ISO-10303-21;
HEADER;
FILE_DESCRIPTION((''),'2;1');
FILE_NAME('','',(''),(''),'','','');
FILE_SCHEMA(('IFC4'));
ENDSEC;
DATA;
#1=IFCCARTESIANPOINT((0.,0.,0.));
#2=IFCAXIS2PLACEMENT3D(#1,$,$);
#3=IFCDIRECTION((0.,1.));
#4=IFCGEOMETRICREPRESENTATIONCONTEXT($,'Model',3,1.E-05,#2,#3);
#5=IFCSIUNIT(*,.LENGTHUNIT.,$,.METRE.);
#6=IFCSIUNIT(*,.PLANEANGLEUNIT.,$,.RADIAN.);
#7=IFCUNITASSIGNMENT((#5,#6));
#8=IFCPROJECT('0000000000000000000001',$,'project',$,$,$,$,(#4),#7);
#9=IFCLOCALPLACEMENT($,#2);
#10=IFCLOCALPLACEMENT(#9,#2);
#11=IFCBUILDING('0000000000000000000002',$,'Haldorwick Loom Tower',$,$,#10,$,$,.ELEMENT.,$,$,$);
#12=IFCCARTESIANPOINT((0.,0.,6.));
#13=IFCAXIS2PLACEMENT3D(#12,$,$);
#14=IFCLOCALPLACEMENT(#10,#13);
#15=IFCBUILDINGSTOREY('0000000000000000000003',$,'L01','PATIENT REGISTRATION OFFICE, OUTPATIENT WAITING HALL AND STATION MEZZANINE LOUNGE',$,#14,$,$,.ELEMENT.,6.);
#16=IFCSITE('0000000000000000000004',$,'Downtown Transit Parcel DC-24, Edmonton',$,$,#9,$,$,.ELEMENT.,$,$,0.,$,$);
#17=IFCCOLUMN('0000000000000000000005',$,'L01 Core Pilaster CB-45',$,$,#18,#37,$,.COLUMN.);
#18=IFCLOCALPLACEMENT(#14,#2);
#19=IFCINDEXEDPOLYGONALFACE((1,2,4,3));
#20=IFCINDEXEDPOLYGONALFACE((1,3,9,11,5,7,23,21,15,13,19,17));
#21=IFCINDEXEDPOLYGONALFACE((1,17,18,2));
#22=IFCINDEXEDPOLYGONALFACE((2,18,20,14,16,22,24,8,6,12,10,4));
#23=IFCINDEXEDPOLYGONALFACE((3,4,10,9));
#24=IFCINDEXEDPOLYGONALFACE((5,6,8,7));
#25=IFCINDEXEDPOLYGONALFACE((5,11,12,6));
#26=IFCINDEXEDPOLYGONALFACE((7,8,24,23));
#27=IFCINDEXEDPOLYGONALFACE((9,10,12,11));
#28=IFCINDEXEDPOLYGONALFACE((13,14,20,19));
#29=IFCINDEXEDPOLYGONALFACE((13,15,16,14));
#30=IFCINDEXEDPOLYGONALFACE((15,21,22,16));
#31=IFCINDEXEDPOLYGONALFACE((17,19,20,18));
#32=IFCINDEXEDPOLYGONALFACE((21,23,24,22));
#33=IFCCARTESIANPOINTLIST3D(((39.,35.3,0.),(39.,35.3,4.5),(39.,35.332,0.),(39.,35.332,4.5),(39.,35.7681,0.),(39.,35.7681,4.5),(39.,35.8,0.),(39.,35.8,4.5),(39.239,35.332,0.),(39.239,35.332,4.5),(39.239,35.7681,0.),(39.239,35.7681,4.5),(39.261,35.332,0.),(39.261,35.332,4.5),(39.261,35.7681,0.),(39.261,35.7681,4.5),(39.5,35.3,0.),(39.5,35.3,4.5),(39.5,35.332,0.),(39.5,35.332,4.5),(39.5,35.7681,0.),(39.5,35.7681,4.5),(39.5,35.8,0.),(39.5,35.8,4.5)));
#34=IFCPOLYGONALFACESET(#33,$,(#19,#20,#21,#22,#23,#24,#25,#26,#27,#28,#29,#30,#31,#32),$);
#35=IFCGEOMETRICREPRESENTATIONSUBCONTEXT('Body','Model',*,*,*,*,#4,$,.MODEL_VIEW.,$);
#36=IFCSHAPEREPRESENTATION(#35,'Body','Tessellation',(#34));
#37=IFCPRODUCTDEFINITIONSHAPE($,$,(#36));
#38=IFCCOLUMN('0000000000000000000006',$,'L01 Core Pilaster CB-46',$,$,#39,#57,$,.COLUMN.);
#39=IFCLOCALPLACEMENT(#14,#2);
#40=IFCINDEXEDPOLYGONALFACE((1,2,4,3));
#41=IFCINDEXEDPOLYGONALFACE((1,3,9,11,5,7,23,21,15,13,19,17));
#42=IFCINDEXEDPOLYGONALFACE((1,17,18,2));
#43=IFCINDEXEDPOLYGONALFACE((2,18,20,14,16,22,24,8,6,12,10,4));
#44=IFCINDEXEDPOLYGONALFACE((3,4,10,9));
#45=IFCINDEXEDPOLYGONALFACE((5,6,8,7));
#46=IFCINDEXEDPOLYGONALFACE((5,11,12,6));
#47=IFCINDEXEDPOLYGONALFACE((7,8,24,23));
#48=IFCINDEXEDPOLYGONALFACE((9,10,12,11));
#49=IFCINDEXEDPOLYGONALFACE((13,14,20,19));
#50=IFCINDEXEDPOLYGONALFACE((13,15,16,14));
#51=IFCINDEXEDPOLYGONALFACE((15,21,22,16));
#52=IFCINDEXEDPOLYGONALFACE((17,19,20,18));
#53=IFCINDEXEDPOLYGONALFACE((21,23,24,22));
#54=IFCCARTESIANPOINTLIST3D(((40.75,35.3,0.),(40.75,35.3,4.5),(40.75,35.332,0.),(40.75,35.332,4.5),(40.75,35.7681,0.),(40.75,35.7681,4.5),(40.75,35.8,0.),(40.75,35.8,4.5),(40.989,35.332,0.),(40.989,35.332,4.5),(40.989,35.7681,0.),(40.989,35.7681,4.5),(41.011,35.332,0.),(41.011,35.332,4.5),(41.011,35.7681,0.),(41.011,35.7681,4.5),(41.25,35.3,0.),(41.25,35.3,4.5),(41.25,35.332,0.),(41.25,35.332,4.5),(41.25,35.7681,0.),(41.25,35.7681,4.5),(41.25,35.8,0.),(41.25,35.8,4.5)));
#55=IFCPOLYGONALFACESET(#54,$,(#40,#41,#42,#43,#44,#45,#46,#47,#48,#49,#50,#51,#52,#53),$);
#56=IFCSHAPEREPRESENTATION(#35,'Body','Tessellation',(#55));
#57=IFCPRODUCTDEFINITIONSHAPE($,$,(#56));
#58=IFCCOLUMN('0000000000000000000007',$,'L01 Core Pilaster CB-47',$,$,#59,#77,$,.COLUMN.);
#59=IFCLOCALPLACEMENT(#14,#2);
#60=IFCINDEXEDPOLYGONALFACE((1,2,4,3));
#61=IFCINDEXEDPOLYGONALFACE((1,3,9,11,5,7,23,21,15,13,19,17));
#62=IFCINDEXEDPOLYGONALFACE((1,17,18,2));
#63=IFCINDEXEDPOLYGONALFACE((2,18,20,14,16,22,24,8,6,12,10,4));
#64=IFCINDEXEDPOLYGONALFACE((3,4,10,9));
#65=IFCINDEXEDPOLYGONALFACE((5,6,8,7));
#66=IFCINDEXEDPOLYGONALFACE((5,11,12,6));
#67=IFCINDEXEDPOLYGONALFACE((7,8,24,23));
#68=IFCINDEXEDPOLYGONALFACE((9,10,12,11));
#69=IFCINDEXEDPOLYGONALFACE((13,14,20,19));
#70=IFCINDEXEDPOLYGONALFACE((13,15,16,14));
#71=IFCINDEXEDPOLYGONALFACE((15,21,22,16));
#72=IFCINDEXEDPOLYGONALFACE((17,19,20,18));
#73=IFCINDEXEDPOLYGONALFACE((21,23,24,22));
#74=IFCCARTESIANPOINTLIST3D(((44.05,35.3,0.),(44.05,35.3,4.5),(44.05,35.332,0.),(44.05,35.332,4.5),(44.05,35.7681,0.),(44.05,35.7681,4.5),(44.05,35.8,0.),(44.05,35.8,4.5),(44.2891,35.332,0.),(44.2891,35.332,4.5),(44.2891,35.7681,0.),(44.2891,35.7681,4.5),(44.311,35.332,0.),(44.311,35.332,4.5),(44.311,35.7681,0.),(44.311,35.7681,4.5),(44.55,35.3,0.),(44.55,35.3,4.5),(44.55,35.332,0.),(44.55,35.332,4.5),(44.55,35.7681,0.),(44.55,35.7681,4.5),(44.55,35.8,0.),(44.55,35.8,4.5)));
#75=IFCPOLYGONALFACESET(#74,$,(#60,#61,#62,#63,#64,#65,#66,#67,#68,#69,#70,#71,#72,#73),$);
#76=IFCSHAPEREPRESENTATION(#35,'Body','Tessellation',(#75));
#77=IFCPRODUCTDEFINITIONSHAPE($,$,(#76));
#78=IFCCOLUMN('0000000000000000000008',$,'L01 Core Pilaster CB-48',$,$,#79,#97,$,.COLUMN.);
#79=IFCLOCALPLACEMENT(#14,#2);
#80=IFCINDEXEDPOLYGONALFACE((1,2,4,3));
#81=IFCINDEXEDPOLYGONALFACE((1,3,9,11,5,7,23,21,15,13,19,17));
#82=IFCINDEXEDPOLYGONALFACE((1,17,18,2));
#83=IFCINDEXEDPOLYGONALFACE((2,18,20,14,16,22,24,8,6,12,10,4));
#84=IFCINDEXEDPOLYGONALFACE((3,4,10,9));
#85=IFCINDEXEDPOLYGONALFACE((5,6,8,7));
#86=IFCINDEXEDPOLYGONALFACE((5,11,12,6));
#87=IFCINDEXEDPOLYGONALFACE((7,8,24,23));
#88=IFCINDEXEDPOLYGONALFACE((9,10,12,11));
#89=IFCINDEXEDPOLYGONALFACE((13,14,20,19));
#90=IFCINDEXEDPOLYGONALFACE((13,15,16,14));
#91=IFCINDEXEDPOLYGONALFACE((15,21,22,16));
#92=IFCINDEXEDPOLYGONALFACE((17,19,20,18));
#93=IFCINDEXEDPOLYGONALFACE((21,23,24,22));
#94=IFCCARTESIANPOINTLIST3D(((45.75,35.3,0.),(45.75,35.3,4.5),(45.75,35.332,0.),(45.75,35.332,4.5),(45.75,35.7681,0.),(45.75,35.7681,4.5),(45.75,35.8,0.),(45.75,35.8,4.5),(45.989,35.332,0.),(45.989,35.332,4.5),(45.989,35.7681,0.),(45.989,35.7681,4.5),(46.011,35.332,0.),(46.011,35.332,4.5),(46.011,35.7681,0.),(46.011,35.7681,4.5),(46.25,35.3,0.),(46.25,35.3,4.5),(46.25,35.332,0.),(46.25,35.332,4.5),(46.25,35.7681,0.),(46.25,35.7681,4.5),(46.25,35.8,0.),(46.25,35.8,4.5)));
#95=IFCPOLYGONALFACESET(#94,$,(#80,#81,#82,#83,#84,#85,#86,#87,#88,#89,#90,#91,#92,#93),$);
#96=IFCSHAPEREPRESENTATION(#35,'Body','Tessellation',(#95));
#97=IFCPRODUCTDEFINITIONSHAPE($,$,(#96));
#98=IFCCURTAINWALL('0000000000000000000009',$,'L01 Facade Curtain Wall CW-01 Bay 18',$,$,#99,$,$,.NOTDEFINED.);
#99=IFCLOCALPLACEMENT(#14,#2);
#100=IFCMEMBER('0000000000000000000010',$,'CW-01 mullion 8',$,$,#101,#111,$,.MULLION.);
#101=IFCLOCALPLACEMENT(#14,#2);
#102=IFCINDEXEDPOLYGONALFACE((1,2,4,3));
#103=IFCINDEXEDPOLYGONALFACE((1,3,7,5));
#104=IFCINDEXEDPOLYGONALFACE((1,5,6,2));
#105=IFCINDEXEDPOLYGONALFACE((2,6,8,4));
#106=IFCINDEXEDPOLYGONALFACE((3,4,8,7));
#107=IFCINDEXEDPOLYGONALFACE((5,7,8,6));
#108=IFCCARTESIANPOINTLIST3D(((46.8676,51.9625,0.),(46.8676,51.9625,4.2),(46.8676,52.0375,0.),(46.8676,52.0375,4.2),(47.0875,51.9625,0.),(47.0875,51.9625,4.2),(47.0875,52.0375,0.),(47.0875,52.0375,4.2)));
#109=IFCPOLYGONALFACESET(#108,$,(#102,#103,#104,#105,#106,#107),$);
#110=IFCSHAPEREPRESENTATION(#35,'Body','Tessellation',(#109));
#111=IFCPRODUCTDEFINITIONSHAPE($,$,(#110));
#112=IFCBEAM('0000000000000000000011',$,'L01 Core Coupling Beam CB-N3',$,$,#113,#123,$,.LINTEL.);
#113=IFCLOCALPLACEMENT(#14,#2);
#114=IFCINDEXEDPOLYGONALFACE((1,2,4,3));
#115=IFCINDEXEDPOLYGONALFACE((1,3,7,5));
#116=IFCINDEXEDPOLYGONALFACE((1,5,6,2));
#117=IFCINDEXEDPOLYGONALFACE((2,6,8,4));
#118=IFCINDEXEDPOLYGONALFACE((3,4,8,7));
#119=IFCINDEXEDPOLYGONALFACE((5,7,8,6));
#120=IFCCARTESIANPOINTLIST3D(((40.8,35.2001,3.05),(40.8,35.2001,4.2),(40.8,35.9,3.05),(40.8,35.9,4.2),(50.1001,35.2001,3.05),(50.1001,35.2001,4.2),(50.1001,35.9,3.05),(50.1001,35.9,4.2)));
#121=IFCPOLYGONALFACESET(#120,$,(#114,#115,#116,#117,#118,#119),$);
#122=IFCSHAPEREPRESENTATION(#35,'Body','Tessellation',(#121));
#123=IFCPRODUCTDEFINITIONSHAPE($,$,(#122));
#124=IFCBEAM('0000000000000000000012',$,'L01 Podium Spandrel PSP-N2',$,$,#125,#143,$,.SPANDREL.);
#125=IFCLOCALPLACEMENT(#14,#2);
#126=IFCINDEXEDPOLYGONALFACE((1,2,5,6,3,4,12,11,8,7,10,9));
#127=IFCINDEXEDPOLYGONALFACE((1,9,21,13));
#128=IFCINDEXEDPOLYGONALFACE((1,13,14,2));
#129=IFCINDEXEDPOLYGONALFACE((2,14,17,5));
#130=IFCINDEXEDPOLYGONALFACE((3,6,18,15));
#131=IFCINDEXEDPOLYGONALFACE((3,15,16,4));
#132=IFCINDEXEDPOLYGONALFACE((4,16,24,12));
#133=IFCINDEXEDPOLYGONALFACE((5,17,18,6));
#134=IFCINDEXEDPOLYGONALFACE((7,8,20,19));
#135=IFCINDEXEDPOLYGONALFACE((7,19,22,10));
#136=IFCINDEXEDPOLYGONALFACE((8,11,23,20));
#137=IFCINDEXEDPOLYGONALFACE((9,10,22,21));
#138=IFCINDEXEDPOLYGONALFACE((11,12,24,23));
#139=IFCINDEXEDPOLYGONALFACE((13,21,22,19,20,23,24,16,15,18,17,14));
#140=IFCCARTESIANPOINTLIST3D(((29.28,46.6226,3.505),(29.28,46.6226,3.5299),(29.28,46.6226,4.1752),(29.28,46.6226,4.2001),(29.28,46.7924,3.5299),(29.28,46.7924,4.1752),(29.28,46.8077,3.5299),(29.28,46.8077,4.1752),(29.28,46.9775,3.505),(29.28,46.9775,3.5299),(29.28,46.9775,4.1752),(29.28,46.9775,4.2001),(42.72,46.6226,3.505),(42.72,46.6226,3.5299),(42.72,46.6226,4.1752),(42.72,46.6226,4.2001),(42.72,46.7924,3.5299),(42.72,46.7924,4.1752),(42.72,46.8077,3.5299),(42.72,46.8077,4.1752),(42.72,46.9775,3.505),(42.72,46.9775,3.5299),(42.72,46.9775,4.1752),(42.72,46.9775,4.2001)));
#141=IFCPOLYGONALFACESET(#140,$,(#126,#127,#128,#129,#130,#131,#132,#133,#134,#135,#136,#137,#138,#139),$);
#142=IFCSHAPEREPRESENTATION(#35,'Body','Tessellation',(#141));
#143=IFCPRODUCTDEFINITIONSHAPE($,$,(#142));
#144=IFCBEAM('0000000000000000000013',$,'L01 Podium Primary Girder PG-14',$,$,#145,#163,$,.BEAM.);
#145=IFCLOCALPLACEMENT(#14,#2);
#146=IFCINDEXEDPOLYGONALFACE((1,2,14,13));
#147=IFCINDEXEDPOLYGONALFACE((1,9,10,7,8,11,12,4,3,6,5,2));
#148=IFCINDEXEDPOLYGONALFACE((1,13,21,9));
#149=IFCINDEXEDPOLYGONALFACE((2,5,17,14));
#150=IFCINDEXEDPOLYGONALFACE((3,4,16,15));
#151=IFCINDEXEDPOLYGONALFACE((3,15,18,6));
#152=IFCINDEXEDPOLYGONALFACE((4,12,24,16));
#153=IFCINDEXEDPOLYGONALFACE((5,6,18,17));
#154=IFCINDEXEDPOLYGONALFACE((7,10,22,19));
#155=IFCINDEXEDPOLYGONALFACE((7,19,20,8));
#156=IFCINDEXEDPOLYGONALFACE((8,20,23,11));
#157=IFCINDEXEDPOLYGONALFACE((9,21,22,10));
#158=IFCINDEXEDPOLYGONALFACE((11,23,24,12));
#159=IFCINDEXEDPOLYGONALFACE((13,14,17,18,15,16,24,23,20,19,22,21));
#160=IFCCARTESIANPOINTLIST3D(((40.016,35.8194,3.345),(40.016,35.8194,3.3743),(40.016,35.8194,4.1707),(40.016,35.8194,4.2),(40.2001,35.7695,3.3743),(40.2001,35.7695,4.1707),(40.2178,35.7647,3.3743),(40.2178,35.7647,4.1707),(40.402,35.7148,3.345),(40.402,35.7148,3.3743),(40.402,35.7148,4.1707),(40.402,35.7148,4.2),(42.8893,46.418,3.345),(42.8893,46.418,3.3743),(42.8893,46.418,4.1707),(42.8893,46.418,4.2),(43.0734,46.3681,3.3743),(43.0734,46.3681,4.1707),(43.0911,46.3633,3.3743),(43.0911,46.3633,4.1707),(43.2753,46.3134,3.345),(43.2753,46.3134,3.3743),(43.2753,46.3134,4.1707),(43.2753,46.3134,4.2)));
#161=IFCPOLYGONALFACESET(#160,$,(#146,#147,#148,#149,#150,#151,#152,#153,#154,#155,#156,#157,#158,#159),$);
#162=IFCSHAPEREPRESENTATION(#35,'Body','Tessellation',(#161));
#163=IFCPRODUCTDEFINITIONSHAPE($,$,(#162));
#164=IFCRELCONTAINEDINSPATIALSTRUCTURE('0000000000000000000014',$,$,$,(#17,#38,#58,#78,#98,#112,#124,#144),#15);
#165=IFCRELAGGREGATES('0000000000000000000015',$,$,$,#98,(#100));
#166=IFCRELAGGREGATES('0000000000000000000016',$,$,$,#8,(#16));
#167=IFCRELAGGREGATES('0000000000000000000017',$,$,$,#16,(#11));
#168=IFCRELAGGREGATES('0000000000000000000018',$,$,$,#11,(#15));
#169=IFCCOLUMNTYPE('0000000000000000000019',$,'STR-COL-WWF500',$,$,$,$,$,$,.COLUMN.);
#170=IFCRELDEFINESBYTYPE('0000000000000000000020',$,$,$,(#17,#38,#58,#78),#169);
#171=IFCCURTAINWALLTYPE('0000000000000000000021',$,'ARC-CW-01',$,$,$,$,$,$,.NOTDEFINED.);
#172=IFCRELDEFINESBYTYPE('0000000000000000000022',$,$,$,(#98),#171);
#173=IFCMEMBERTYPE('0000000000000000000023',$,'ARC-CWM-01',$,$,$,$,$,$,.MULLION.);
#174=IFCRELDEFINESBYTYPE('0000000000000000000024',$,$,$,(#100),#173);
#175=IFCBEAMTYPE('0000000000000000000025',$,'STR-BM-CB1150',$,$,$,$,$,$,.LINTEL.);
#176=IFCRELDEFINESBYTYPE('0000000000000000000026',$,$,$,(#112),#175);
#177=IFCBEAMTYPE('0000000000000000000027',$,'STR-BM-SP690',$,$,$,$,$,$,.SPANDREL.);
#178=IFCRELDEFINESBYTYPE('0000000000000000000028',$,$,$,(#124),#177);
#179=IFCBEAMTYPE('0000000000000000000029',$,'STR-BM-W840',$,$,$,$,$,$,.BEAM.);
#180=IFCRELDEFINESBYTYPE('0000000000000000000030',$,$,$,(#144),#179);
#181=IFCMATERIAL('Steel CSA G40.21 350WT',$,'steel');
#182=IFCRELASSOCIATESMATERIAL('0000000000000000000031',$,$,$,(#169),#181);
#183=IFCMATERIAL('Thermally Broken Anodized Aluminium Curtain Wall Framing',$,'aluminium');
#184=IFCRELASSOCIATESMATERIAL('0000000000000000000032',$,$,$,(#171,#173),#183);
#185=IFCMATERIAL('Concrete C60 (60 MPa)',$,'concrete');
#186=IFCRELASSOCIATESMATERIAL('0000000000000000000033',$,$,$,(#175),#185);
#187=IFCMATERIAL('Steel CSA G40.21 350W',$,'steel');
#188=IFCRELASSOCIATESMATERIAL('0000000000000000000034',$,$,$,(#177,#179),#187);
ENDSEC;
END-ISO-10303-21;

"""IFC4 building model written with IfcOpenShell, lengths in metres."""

from ifc_helpers import new_model, si_unit, direction, frame, origin, origin_2d, place, context, subcontext, project, spatial, rectangle, i_section, extrude, material, material_profile, profile_set, type_object, element, aggregate, save


model = new_model("IFC4")

# Units and contexts
model_context = context("Model", 3, precision=1e-05, world=origin(), true_north=direction((0.0, 1.0)))
body_context = subcontext(model_context, "Body", "Model", "MODEL_VIEW")
ifc_project = project(units=[si_unit("LENGTHUNIT", "METRE"), si_unit("PLANEANGLEUNIT", "RADIAN")], contexts=[model_context])

# Site, building, storey
site_placement = place(None, origin())
site = spatial("IfcSite", under=ifc_project, at=site_placement, Name="Downtown Transit Parcel DC-24, Edmonton", CompositionType="ELEMENT", RefElevation=0.0)
building_placement = place(site_placement, origin())
building = spatial("IfcBuilding", under=site, at=building_placement, Name="Haldorwick Loom Tower", CompositionType="ELEMENT")
storey_placement = place(building_placement, frame((0.0, 0.0, 6.0)))
storey = spatial("IfcBuildingStorey", under=building, at=storey_placement, Name="L01", Description="PATIENT REGISTRATION OFFICE, OUTPATIENT WAITING HALL AND STATION MEZZANINE LOUNGE", CompositionType="ELEMENT", Elevation=6.0)

# Columns
ifc_material_1 = material(Name="Concrete C60 (60 MPa)", Category="concrete")
ifc_material_2 = material(Name="Steel CSA G40.21 350WT", Category="steel")
ifc_material_profile_1 = material_profile(ifc_material_2, i_section(OverallWidth=0.5, OverallDepth=0.5, WebThickness=0.022, FlangeThickness=0.032, at=origin_2d()), Name="WWF500X500", Category="steel")
ifc_profile_set_1 = profile_set([ifc_material_profile_1], Name="Steel CSA G40.21 350WT")
column_type_1 = type_object("IfcColumnType", Name="STR-COL-WWF500", PredefinedType="COLUMN", material=ifc_profile_set_1)
for number, where, z_axis, x_axis, name in (
    (1, (39.25, 35.55, 0.0), (0.0, 0.0, 1.0), (1.0, 0.0, 0.0), "L01 Core Pilaster CB-45"),
    (2, (41.0, 35.55, 0.0), (0.0, 0.0, 1.0), (1.0, 0.0, 0.0), "L01 Core Pilaster CB-46"),
    (3, (44.3, 35.55, 0.0), (0.0, 0.0, 1.0), (1.0, 0.0, 0.0), "L01 Core Pilaster CB-47"),
    (4, (46.0, 35.55, 0.0), (0.0, 0.0, 1.0), (1.0, 0.0, 0.0), "L01 Core Pilaster CB-48"),
):
    element("IfcColumn", number, at=place(storey_placement, frame(where, z_axis=z_axis, x_axis=x_axis)), inside=storey, type_object=column_type_1, Name=name, PredefinedType="COLUMN", context=body_context, shape_type="SweptSolid", body=[
        extrude(i_section(OverallWidth=0.5, OverallDepth=0.5, WebThickness=0.022, FlangeThickness=0.032, at=origin_2d()), origin(), (0.0, 0.0, 1.0), 4.5),
    ])

# Curtain wall, member
ifc_material_3 = material(Name="Thermally Broken Anodized Aluminium Curtain Wall Framing", Category="aluminium")
curtain_wall_type = type_object("IfcCurtainWallType", Name="ARC-CW-01", PredefinedType="NOTDEFINED", material=ifc_material_3)
curtain_wall_placement = place(storey_placement, origin())
curtain_wall = element("IfcCurtainWall", 5, at=curtain_wall_placement, inside=storey, type_object=curtain_wall_type, Name="L01 Facade Curtain Wall CW-01 Bay 18", PredefinedType="NOTDEFINED")
ifc_material_profile_2 = material_profile(ifc_material_3, rectangle(XDim=0.075, YDim=0.22, at=origin_2d()), Name="ALU_MUL_75X220", Category="aluminium")
ifc_profile_set_2 = profile_set([ifc_material_profile_2], Name="Thermally Broken Anodized Aluminium Curtain Wall Framing")
member_type = type_object("IfcMemberType", Name="ARC-CWM-01", PredefinedType="MULLION", material=ifc_profile_set_2)
member_placement = place(storey_placement, frame((46.9775, 52.0, 0.0), z_axis=(0.0, 0.0, 1.0), x_axis=(0.0, -1.0, 0.0)))
member = element("IfcMember", 6, at=member_placement, type_object=member_type, Name="CW-01 mullion 8", PredefinedType="MULLION", context=body_context, shape_type="SweptSolid", body=[
    extrude(rectangle(XDim=0.075, YDim=0.22, at=origin_2d()), origin(), (0.0, 0.0, 1.0), 4.2),
])
aggregate(curtain_wall, [member])

# Beams
ifc_material_profile_3 = material_profile(ifc_material_1, rectangle(XDim=0.7, YDim=1.1499, at=origin_2d()), Name="RC700X1150", Category="concrete")
ifc_profile_set_3 = profile_set([ifc_material_profile_3], Name="Concrete C60 (60 MPa)")
beam_type_1 = type_object("IfcBeamType", Name="STR-BM-CB1150", PredefinedType="LINTEL", material=ifc_profile_set_3)
beam_1_placement = place(storey_placement, frame((40.8, 35.55, 3.625), z_axis=(1.0, 0.0, 0.0), x_axis=(0.0, 1.0, 0.0)))
element("IfcBeam", 7, at=beam_1_placement, inside=storey, type_object=beam_type_1, Name="L01 Core Coupling Beam CB-N3", PredefinedType="LINTEL", context=body_context, shape_type="SweptSolid", body=[
    extrude(rectangle(XDim=0.7, YDim=1.1499, at=origin_2d()), origin(), (0.0, 0.0, 1.0), 9.3),
])
ifc_material_4 = material(Name="Steel CSA G40.21 350W", Category="steel")
ifc_material_profile_4 = material_profile(ifc_material_4, i_section(OverallWidth=0.355, OverallDepth=0.6951, WebThickness=0.0154, FlangeThickness=0.0249, at=origin_2d()), Name="W690X217", Category="steel")
ifc_profile_set_4 = profile_set([ifc_material_profile_4], Name="Steel CSA G40.21 350W")
beam_type_2 = type_object("IfcBeamType", Name="STR-BM-SP690", PredefinedType="SPANDREL", material=ifc_profile_set_4)
beam_2_placement = place(storey_placement, frame((42.72, 46.8, 3.8525), z_axis=(-1.0, 0.0, 0.0), x_axis=(0.0, -1.0, 0.0)))
element("IfcBeam", 8, at=beam_2_placement, inside=storey, type_object=beam_type_2, Name="L01 Podium Spandrel PSP-N2", PredefinedType="SPANDREL", context=body_context, shape_type="SweptSolid", body=[
    extrude(i_section(OverallWidth=0.355, OverallDepth=0.6951, WebThickness=0.0154, FlangeThickness=0.0249, at=origin_2d()), origin(), (0.0, 0.0, 1.0), 13.4399),
])
ifc_material_profile_5 = material_profile(ifc_material_4, i_section(OverallWidth=0.3999, OverallDepth=0.855, WebThickness=0.0183, FlangeThickness=0.0293, at=origin_2d()), Name="W840X299", Category="steel")
ifc_profile_set_5 = profile_set([ifc_material_profile_5], Name="Steel CSA G40.21 350W")
beam_type_3 = type_object("IfcBeamType", Name="STR-BM-W840", PredefinedType="BEAM", material=ifc_profile_set_5)
beam_3_placement = place(storey_placement, frame((43.0823, 46.3657, 3.7725), z_axis=(-0.261655, -0.965161, 0.0), x_axis=(0.965161, -0.261655, 0.0)))
element("IfcBeam", 9, at=beam_3_placement, inside=storey, type_object=beam_type_3, Name="L01 Podium Primary Girder PG-14", PredefinedType="BEAM", context=body_context, shape_type="SweptSolid", body=[
    extrude(i_section(OverallWidth=0.3999, OverallDepth=0.855, WebThickness=0.0183, FlangeThickness=0.0293, at=origin_2d()), origin(), (0.0, 0.0, 1.0), 10.9812),
])

save(model, "model.ifc")
